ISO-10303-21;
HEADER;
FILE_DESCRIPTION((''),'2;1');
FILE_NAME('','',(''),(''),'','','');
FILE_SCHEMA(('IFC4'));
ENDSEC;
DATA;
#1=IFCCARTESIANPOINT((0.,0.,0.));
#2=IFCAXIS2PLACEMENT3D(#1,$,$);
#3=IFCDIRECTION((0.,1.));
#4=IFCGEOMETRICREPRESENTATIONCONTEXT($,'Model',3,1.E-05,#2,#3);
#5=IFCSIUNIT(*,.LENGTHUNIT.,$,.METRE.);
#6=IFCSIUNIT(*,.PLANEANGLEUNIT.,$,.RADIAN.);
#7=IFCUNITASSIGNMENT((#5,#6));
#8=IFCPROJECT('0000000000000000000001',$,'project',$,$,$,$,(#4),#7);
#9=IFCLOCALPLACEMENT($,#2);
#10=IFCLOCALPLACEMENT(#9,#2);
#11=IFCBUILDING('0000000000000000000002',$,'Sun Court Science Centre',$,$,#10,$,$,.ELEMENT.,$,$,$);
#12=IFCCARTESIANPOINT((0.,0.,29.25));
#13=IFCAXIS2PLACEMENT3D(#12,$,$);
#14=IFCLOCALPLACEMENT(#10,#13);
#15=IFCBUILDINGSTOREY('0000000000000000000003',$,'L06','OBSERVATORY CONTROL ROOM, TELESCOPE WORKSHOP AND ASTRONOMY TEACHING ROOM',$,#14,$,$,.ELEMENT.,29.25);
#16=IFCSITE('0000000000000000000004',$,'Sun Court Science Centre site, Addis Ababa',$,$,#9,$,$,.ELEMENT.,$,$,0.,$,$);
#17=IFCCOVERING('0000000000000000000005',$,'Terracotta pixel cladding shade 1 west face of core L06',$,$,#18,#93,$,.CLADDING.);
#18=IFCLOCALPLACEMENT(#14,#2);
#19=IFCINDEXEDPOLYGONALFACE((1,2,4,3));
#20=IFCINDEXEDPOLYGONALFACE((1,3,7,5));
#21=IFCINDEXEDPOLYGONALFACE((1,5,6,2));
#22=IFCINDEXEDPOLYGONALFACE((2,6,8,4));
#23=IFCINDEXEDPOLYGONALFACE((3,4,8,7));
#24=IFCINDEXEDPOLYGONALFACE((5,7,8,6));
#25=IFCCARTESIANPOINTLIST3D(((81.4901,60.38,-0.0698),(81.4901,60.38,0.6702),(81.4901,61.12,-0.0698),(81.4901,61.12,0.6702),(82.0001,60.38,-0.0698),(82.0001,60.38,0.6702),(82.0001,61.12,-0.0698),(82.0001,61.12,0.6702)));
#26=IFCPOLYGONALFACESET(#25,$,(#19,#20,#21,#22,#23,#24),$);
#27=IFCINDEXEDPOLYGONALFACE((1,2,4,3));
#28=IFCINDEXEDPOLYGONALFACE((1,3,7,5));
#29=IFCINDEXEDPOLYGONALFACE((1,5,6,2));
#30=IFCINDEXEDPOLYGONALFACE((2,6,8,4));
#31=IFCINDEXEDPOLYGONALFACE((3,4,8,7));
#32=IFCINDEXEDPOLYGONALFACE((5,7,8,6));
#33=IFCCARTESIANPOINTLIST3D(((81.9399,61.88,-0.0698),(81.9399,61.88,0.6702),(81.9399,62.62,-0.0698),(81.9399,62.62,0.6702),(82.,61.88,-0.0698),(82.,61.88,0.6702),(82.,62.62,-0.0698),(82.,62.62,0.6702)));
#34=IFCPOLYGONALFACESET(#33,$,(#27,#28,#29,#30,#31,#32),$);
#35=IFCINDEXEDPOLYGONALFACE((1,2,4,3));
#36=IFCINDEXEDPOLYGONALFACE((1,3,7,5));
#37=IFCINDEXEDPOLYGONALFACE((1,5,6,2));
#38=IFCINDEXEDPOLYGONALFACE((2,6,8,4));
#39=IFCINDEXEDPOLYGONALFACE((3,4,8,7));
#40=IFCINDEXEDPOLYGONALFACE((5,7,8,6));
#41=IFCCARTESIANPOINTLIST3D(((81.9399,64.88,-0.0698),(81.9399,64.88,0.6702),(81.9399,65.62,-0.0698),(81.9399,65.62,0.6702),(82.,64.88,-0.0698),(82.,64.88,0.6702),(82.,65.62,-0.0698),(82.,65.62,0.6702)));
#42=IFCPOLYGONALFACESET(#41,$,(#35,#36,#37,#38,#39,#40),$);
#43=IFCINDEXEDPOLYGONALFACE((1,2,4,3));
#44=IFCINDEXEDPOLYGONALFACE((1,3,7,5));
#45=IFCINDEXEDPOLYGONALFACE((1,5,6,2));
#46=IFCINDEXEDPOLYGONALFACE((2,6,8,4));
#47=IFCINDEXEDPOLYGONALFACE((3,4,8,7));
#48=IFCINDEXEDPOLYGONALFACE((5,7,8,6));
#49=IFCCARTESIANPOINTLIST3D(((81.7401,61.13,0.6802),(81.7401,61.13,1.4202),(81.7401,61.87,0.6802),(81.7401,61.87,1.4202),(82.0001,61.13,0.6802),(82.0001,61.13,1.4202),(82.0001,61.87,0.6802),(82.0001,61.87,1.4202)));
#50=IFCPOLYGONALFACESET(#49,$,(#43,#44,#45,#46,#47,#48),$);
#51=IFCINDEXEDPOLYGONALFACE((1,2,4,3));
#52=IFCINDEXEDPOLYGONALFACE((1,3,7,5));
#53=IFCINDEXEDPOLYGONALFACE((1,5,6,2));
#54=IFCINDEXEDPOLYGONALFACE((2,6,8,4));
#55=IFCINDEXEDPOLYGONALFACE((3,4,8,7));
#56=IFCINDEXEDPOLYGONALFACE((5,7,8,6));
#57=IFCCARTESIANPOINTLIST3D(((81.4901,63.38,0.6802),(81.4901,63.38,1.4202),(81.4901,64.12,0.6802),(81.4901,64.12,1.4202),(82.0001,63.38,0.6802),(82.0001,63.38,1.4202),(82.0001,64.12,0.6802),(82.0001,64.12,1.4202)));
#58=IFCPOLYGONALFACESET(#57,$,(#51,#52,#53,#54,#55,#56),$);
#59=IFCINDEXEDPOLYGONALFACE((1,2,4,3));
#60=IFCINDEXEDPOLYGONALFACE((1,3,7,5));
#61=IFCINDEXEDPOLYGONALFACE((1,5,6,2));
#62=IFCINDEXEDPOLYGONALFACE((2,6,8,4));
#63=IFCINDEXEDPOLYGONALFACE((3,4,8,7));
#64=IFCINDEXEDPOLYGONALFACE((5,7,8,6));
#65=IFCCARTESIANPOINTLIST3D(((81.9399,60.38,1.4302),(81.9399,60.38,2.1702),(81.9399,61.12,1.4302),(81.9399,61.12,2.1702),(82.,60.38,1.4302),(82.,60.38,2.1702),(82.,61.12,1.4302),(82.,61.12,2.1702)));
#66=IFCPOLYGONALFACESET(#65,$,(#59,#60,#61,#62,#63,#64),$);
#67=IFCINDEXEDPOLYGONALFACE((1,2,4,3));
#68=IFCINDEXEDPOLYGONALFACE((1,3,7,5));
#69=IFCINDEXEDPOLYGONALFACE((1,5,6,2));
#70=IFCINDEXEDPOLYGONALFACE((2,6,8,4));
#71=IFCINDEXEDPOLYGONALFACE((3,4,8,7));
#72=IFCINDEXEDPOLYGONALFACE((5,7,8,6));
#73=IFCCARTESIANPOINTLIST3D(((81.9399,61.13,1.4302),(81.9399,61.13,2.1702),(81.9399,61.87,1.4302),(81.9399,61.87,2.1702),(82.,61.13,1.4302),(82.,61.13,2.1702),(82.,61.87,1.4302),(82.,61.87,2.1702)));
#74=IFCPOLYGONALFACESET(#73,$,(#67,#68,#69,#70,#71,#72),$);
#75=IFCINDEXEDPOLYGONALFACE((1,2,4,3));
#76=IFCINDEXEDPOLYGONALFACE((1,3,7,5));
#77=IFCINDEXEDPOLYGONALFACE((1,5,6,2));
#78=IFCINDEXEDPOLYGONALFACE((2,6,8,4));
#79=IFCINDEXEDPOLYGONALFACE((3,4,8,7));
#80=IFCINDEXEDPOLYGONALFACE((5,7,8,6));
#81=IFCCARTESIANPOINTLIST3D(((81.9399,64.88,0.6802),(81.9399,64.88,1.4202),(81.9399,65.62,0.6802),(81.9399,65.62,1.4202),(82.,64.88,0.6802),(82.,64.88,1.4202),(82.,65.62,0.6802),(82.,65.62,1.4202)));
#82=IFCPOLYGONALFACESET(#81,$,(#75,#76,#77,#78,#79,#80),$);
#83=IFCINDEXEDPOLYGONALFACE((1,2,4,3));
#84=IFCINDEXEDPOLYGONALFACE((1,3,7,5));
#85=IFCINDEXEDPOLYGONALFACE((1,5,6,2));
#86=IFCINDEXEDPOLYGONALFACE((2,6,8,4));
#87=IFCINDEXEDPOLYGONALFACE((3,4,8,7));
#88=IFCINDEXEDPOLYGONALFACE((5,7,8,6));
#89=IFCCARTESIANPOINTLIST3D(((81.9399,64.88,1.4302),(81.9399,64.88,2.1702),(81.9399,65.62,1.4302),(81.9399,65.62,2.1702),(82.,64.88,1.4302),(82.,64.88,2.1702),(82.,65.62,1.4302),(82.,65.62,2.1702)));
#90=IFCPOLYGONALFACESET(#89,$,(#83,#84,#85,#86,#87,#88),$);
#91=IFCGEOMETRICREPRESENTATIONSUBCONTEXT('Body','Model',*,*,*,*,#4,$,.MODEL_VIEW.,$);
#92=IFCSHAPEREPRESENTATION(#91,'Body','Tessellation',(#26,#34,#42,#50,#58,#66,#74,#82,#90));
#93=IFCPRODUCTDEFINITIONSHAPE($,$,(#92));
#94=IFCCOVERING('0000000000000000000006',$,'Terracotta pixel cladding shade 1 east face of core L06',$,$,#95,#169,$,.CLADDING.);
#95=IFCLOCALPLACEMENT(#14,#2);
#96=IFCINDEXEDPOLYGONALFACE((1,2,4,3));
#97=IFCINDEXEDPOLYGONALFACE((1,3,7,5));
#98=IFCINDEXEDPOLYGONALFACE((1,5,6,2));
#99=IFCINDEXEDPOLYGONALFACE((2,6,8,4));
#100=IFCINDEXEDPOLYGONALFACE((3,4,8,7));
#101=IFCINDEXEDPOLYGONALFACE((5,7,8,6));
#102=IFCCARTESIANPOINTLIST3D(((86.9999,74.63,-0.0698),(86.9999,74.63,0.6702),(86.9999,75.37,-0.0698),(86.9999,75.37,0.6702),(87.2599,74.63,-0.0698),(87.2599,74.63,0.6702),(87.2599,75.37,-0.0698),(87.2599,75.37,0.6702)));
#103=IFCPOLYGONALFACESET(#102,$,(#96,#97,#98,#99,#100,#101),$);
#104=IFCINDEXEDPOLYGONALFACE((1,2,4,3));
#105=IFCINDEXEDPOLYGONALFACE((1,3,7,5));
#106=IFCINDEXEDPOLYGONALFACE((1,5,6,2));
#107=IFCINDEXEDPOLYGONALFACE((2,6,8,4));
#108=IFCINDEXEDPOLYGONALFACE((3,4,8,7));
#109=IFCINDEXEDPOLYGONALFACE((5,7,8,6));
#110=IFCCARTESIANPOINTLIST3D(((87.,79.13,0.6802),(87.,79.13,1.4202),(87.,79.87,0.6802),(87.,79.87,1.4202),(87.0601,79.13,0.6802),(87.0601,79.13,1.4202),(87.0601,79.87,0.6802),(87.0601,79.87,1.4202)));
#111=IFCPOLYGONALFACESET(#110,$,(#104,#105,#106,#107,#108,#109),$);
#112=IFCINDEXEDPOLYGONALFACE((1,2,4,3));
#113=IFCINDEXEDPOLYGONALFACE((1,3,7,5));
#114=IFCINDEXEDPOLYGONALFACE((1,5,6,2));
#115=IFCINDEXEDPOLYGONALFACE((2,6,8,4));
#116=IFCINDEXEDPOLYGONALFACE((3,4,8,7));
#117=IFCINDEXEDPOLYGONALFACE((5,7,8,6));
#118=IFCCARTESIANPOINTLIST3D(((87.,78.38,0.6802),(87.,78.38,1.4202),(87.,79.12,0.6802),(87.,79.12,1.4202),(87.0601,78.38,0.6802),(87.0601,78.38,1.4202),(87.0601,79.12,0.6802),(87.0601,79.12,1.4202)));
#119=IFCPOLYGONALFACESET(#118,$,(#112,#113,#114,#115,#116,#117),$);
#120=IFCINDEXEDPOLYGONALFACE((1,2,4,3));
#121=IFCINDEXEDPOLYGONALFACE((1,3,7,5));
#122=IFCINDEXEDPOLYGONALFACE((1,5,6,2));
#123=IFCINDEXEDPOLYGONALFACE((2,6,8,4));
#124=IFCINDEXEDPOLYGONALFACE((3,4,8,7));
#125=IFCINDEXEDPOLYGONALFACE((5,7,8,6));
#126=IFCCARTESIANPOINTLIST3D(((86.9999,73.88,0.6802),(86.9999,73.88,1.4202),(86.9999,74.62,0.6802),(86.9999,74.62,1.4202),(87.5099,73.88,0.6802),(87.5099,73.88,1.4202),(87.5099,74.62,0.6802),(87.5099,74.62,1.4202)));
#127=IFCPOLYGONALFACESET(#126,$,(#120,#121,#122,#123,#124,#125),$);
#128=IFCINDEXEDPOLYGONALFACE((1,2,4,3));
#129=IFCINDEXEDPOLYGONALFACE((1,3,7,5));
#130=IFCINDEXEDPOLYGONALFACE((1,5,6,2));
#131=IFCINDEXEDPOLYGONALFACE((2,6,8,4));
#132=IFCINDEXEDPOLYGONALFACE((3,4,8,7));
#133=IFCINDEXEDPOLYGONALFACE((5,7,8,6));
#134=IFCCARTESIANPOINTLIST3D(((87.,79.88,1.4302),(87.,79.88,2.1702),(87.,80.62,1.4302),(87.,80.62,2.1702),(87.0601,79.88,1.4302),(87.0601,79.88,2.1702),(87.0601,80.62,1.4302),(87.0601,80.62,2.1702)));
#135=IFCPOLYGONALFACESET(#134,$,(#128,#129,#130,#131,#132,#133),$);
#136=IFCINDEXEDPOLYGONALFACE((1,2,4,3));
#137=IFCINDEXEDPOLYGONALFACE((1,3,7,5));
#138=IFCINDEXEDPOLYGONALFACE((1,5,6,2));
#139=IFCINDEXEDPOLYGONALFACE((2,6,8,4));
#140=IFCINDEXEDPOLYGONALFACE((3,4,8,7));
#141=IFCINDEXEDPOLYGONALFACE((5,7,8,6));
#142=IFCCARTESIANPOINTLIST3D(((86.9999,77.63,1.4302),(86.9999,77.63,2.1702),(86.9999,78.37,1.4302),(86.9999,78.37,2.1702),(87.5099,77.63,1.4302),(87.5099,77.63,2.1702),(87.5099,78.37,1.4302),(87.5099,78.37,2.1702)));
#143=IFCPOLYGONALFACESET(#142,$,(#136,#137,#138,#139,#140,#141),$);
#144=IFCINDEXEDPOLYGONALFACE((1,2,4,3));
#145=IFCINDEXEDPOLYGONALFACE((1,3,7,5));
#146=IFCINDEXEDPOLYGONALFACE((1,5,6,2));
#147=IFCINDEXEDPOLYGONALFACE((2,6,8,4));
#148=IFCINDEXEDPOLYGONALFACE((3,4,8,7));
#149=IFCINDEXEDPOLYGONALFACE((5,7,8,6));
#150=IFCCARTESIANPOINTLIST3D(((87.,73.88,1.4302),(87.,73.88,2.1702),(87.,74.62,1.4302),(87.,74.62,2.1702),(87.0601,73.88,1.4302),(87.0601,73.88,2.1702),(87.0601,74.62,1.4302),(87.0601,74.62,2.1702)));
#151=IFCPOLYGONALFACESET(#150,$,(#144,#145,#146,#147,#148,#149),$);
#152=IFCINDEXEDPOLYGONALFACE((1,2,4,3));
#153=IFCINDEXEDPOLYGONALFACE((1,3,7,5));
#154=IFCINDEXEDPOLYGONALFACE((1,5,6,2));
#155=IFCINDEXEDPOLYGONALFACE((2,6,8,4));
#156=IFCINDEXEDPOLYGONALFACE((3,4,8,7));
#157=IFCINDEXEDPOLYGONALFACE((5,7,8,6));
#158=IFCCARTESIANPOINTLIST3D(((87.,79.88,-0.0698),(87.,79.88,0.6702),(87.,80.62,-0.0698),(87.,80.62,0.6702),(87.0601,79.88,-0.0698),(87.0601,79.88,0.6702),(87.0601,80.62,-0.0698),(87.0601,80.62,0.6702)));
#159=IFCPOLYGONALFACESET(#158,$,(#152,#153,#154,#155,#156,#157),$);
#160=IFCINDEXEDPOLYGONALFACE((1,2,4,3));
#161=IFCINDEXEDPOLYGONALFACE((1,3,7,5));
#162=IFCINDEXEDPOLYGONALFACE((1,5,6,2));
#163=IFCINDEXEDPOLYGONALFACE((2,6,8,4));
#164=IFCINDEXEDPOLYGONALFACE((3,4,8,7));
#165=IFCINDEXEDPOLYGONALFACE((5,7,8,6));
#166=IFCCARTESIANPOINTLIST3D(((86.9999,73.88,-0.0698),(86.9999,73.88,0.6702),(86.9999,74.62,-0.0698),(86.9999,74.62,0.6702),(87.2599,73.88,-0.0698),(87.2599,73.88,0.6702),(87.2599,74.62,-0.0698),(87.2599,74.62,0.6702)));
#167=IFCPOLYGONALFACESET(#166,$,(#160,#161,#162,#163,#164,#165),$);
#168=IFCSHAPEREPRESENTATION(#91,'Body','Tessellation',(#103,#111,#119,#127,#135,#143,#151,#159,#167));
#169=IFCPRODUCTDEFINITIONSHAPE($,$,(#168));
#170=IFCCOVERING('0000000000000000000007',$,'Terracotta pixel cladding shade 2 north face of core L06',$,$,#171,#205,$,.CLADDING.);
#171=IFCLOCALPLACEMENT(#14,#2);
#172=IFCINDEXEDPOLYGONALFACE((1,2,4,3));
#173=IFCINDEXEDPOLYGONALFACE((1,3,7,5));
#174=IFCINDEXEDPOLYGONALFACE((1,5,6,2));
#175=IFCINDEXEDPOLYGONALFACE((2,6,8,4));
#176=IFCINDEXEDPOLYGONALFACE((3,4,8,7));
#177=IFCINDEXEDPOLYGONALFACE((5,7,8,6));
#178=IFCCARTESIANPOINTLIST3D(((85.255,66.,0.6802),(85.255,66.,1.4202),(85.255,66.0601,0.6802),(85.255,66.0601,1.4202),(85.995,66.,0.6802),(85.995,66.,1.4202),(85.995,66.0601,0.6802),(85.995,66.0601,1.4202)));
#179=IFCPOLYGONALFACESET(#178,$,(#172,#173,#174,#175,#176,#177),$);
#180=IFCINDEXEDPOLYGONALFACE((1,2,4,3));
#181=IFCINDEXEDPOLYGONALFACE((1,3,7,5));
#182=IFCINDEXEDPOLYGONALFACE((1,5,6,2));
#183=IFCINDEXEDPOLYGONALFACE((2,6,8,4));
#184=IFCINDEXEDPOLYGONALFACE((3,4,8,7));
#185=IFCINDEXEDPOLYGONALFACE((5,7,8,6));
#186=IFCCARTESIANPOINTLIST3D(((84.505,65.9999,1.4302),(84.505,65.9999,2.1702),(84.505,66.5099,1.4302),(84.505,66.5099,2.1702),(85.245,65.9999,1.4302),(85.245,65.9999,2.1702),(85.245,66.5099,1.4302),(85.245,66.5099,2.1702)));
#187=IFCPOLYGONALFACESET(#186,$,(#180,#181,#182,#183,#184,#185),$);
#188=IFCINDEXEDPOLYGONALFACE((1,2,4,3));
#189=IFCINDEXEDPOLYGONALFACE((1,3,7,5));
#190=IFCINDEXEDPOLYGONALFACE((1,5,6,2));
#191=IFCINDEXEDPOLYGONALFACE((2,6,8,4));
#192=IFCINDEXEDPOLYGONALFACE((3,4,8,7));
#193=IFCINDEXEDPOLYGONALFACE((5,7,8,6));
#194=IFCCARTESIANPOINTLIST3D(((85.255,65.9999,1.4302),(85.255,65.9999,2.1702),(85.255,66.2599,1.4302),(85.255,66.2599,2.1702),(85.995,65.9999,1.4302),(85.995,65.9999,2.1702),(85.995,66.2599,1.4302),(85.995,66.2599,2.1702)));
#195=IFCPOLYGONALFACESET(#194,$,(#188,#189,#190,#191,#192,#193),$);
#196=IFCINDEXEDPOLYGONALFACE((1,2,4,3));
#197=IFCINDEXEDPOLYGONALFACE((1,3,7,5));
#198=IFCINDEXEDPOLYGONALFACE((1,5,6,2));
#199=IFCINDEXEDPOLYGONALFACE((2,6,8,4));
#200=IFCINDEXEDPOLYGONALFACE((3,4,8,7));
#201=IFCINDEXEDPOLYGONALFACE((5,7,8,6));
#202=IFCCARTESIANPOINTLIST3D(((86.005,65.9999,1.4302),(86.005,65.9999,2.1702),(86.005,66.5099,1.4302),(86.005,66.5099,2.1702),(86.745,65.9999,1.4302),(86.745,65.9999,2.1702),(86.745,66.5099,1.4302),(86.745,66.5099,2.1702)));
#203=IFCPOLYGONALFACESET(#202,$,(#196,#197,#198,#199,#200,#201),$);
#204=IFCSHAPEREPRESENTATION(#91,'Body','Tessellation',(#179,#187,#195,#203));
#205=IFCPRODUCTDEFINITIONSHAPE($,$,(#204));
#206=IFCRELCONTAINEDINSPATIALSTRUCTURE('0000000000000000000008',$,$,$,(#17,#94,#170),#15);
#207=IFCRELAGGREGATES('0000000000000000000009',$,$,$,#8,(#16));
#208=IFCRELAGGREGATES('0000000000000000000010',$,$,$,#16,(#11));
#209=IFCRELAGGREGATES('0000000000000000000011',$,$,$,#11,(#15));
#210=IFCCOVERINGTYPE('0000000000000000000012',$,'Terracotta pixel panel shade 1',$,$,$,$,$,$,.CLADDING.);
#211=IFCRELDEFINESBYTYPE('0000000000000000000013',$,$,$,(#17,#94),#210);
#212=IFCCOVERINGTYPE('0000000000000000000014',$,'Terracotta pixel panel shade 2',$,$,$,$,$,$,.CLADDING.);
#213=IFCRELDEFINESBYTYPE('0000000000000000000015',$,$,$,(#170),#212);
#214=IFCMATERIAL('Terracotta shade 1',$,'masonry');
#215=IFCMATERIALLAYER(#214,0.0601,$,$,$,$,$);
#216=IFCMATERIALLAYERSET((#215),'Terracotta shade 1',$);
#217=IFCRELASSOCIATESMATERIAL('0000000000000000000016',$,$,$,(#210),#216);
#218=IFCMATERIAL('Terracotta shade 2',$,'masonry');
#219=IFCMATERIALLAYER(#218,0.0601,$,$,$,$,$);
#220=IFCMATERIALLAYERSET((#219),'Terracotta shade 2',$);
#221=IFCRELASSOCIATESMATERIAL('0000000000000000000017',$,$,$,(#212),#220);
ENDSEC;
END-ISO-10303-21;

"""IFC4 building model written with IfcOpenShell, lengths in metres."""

from ifc_helpers import new_model, si_unit, direction, frame, origin, origin_2d, place, context, subcontext, project, spatial, rectangle, extrude, material, layer, layer_set, type_object, element, save


model = new_model("IFC4")

# Units and contexts
model_context = context("Model", 3, precision=1e-05, world=origin(), true_north=direction((0.0, 1.0)))
body_context = subcontext(model_context, "Body", "Model", "MODEL_VIEW")
ifc_project = project(units=[si_unit("LENGTHUNIT", "METRE"), si_unit("PLANEANGLEUNIT", "RADIAN")], contexts=[model_context])

# Site, building, storey
site_placement = place(None, origin())
site = spatial("IfcSite", under=ifc_project, at=site_placement, Name="Sun Court Science Centre site, Addis Ababa", CompositionType="ELEMENT", RefElevation=0.0)
building_placement = place(site_placement, origin())
building = spatial("IfcBuilding", under=site, at=building_placement, Name="Sun Court Science Centre", CompositionType="ELEMENT")
storey_placement = place(building_placement, frame((0.0, 0.0, 29.25)))
storey = spatial("IfcBuildingStorey", under=building, at=storey_placement, Name="L06", Description="OBSERVATORY CONTROL ROOM, TELESCOPE WORKSHOP AND ASTRONOMY TEACHING ROOM", CompositionType="ELEMENT", Elevation=29.25)

# Coverings
ifc_material_1 = material(Name="Terracotta shade 1", Category="masonry")
ifc_layer_1 = layer(ifc_material_1, 0.0601)
ifc_layer_set_1 = layer_set([ifc_layer_1], Name="Terracotta shade 1")
covering_type_1 = type_object("IfcCoveringType", Name="Terracotta pixel panel shade 1", PredefinedType="CLADDING", material=ifc_layer_set_1)
covering_1_placement = place(storey_placement, frame((0.0, 0.0, -29.25)))
element("IfcCovering", 1, at=covering_1_placement, inside=storey, type_object=covering_type_1, Name="Terracotta pixel cladding shade 1 west face of core L06", PredefinedType="CLADDING", context=body_context, shape_type="SweptSolid", body=[
    extrude(rectangle(XDim=0.74, YDim=0.51, at=origin_2d()), frame((81.7451, 60.75, 29.1802), z_axis=(0.0, 0.0, 1.0), x_axis=(0.0, 1.0, 0.0)), (0.0, 0.0, 1.0), 0.74),
    extrude(rectangle(XDim=0.74, YDim=0.0601, at=origin_2d()), frame((81.97, 62.25, 29.1802), z_axis=(0.0, 0.0, 1.0), x_axis=(0.0, 1.0, 0.0)), (0.0, 0.0, 1.0), 0.74),
    extrude(rectangle(XDim=0.74, YDim=0.0601, at=origin_2d()), frame((81.97, 65.25, 29.1802), z_axis=(0.0, 0.0, 1.0), x_axis=(0.0, 1.0, 0.0)), (0.0, 0.0, 1.0), 0.74),
    extrude(rectangle(XDim=0.74, YDim=0.26, at=origin_2d()), frame((81.8701, 61.5, 29.9302), z_axis=(0.0, 0.0, 1.0), x_axis=(0.0, 1.0, 0.0)), (0.0, 0.0, 1.0), 0.74),
    extrude(rectangle(XDim=0.74, YDim=0.51, at=origin_2d()), frame((81.7451, 63.75, 29.9302), z_axis=(0.0, 0.0, 1.0), x_axis=(0.0, 1.0, 0.0)), (0.0, 0.0, 1.0), 0.74),
    extrude(rectangle(XDim=0.74, YDim=0.0601, at=origin_2d()), frame((81.97, 60.75, 30.6802), z_axis=(0.0, 0.0, 1.0), x_axis=(0.0, 1.0, 0.0)), (0.0, 0.0, 1.0), 0.74),
    extrude(rectangle(XDim=0.74, YDim=0.0601, at=origin_2d()), frame((81.97, 61.5, 30.6802), z_axis=(0.0, 0.0, 1.0), x_axis=(0.0, 1.0, 0.0)), (0.0, 0.0, 1.0), 0.74),
    extrude(rectangle(XDim=0.74, YDim=0.0601, at=origin_2d()), frame((81.97, 65.25, 29.9302), z_axis=(0.0, 0.0, 1.0), x_axis=(0.0, 1.0, 0.0)), (0.0, 0.0, 1.0), 0.74),
    extrude(rectangle(XDim=0.74, YDim=0.0601, at=origin_2d()), frame((81.97, 65.25, 30.6802), z_axis=(0.0, 0.0, 1.0), x_axis=(0.0, 1.0, 0.0)), (0.0, 0.0, 1.0), 0.74),
])
covering_2_placement = place(storey_placement, frame((0.0, 0.0, -29.25)))
element("IfcCovering", 2, at=covering_2_placement, inside=storey, type_object=covering_type_1, Name="Terracotta pixel cladding shade 1 east face of core L06", PredefinedType="CLADDING", context=body_context, shape_type="SweptSolid", body=[
    extrude(rectangle(XDim=0.74, YDim=0.26, at=origin_2d()), frame((87.1299, 75.0, 29.1802), z_axis=(0.0, 0.0, 1.0), x_axis=(0.0, -1.0, 0.0)), (0.0, 0.0, 1.0), 0.74),
    extrude(rectangle(XDim=0.74, YDim=0.0601, at=origin_2d()), frame((87.03, 79.5, 29.9302), z_axis=(0.0, 0.0, 1.0), x_axis=(0.0, -1.0, 0.0)), (0.0, 0.0, 1.0), 0.74),
    extrude(rectangle(XDim=0.74, YDim=0.0601, at=origin_2d()), frame((87.03, 78.75, 29.9302), z_axis=(0.0, 0.0, 1.0), x_axis=(0.0, -1.0, 0.0)), (0.0, 0.0, 1.0), 0.74),
    extrude(rectangle(XDim=0.74, YDim=0.51, at=origin_2d()), frame((87.2549, 74.25, 29.9302), z_axis=(0.0, 0.0, 1.0), x_axis=(0.0, -1.0, 0.0)), (0.0, 0.0, 1.0), 0.74),
    extrude(rectangle(XDim=0.74, YDim=0.0601, at=origin_2d()), frame((87.03, 80.25, 30.6802), z_axis=(0.0, 0.0, 1.0), x_axis=(0.0, -1.0, 0.0)), (0.0, 0.0, 1.0), 0.74),
    extrude(rectangle(XDim=0.74, YDim=0.51, at=origin_2d()), frame((87.2549, 78.0, 30.6802), z_axis=(0.0, 0.0, 1.0), x_axis=(0.0, -1.0, 0.0)), (0.0, 0.0, 1.0), 0.74),
    extrude(rectangle(XDim=0.74, YDim=0.0601, at=origin_2d()), frame((87.03, 74.25, 30.6802), z_axis=(0.0, 0.0, 1.0), x_axis=(0.0, -1.0, 0.0)), (0.0, 0.0, 1.0), 0.74),
    extrude(rectangle(XDim=0.74, YDim=0.0601, at=origin_2d()), frame((87.03, 80.25, 29.1802), z_axis=(0.0, 0.0, 1.0), x_axis=(0.0, -1.0, 0.0)), (0.0, 0.0, 1.0), 0.74),
    extrude(rectangle(XDim=0.74, YDim=0.26, at=origin_2d()), frame((87.1299, 74.25, 29.1802), z_axis=(0.0, 0.0, 1.0), x_axis=(0.0, -1.0, 0.0)), (0.0, 0.0, 1.0), 0.74),
])
ifc_material_2 = material(Name="Terracotta shade 2", Category="masonry")
ifc_layer_2 = layer(ifc_material_2, 0.0601)
ifc_layer_set_2 = layer_set([ifc_layer_2], Name="Terracotta shade 2")
covering_type_2 = type_object("IfcCoveringType", Name="Terracotta pixel panel shade 2", PredefinedType="CLADDING", material=ifc_layer_set_2)
covering_3_placement = place(storey_placement, frame((0.0, 0.0, -29.25)))
element("IfcCovering", 3, at=covering_3_placement, inside=storey, type_object=covering_type_2, Name="Terracotta pixel cladding shade 2 north face of core L06", PredefinedType="CLADDING", context=body_context, shape_type="SweptSolid", body=[
    extrude(rectangle(XDim=0.74, YDim=0.0601, at=origin_2d()), frame((85.625, 66.03, 29.9302), z_axis=(0.0, 0.0, 1.0), x_axis=(1.0, 0.0, 0.0)), (0.0, 0.0, 1.0), 0.74),
    extrude(rectangle(XDim=0.74, YDim=0.51, at=origin_2d()), frame((84.875, 66.2549, 30.6802), z_axis=(0.0, 0.0, 1.0), x_axis=(1.0, 0.0, 0.0)), (0.0, 0.0, 1.0), 0.74),
    extrude(rectangle(XDim=0.74, YDim=0.26, at=origin_2d()), frame((85.625, 66.1299, 30.6802), z_axis=(0.0, 0.0, 1.0), x_axis=(1.0, 0.0, 0.0)), (0.0, 0.0, 1.0), 0.74),
    extrude(rectangle(XDim=0.74, YDim=0.51, at=origin_2d()), frame((86.375, 66.2549, 30.6802), z_axis=(0.0, 0.0, 1.0), x_axis=(1.0, 0.0, 0.0)), (0.0, 0.0, 1.0), 0.74),
])

save(model, "model.ifc")
